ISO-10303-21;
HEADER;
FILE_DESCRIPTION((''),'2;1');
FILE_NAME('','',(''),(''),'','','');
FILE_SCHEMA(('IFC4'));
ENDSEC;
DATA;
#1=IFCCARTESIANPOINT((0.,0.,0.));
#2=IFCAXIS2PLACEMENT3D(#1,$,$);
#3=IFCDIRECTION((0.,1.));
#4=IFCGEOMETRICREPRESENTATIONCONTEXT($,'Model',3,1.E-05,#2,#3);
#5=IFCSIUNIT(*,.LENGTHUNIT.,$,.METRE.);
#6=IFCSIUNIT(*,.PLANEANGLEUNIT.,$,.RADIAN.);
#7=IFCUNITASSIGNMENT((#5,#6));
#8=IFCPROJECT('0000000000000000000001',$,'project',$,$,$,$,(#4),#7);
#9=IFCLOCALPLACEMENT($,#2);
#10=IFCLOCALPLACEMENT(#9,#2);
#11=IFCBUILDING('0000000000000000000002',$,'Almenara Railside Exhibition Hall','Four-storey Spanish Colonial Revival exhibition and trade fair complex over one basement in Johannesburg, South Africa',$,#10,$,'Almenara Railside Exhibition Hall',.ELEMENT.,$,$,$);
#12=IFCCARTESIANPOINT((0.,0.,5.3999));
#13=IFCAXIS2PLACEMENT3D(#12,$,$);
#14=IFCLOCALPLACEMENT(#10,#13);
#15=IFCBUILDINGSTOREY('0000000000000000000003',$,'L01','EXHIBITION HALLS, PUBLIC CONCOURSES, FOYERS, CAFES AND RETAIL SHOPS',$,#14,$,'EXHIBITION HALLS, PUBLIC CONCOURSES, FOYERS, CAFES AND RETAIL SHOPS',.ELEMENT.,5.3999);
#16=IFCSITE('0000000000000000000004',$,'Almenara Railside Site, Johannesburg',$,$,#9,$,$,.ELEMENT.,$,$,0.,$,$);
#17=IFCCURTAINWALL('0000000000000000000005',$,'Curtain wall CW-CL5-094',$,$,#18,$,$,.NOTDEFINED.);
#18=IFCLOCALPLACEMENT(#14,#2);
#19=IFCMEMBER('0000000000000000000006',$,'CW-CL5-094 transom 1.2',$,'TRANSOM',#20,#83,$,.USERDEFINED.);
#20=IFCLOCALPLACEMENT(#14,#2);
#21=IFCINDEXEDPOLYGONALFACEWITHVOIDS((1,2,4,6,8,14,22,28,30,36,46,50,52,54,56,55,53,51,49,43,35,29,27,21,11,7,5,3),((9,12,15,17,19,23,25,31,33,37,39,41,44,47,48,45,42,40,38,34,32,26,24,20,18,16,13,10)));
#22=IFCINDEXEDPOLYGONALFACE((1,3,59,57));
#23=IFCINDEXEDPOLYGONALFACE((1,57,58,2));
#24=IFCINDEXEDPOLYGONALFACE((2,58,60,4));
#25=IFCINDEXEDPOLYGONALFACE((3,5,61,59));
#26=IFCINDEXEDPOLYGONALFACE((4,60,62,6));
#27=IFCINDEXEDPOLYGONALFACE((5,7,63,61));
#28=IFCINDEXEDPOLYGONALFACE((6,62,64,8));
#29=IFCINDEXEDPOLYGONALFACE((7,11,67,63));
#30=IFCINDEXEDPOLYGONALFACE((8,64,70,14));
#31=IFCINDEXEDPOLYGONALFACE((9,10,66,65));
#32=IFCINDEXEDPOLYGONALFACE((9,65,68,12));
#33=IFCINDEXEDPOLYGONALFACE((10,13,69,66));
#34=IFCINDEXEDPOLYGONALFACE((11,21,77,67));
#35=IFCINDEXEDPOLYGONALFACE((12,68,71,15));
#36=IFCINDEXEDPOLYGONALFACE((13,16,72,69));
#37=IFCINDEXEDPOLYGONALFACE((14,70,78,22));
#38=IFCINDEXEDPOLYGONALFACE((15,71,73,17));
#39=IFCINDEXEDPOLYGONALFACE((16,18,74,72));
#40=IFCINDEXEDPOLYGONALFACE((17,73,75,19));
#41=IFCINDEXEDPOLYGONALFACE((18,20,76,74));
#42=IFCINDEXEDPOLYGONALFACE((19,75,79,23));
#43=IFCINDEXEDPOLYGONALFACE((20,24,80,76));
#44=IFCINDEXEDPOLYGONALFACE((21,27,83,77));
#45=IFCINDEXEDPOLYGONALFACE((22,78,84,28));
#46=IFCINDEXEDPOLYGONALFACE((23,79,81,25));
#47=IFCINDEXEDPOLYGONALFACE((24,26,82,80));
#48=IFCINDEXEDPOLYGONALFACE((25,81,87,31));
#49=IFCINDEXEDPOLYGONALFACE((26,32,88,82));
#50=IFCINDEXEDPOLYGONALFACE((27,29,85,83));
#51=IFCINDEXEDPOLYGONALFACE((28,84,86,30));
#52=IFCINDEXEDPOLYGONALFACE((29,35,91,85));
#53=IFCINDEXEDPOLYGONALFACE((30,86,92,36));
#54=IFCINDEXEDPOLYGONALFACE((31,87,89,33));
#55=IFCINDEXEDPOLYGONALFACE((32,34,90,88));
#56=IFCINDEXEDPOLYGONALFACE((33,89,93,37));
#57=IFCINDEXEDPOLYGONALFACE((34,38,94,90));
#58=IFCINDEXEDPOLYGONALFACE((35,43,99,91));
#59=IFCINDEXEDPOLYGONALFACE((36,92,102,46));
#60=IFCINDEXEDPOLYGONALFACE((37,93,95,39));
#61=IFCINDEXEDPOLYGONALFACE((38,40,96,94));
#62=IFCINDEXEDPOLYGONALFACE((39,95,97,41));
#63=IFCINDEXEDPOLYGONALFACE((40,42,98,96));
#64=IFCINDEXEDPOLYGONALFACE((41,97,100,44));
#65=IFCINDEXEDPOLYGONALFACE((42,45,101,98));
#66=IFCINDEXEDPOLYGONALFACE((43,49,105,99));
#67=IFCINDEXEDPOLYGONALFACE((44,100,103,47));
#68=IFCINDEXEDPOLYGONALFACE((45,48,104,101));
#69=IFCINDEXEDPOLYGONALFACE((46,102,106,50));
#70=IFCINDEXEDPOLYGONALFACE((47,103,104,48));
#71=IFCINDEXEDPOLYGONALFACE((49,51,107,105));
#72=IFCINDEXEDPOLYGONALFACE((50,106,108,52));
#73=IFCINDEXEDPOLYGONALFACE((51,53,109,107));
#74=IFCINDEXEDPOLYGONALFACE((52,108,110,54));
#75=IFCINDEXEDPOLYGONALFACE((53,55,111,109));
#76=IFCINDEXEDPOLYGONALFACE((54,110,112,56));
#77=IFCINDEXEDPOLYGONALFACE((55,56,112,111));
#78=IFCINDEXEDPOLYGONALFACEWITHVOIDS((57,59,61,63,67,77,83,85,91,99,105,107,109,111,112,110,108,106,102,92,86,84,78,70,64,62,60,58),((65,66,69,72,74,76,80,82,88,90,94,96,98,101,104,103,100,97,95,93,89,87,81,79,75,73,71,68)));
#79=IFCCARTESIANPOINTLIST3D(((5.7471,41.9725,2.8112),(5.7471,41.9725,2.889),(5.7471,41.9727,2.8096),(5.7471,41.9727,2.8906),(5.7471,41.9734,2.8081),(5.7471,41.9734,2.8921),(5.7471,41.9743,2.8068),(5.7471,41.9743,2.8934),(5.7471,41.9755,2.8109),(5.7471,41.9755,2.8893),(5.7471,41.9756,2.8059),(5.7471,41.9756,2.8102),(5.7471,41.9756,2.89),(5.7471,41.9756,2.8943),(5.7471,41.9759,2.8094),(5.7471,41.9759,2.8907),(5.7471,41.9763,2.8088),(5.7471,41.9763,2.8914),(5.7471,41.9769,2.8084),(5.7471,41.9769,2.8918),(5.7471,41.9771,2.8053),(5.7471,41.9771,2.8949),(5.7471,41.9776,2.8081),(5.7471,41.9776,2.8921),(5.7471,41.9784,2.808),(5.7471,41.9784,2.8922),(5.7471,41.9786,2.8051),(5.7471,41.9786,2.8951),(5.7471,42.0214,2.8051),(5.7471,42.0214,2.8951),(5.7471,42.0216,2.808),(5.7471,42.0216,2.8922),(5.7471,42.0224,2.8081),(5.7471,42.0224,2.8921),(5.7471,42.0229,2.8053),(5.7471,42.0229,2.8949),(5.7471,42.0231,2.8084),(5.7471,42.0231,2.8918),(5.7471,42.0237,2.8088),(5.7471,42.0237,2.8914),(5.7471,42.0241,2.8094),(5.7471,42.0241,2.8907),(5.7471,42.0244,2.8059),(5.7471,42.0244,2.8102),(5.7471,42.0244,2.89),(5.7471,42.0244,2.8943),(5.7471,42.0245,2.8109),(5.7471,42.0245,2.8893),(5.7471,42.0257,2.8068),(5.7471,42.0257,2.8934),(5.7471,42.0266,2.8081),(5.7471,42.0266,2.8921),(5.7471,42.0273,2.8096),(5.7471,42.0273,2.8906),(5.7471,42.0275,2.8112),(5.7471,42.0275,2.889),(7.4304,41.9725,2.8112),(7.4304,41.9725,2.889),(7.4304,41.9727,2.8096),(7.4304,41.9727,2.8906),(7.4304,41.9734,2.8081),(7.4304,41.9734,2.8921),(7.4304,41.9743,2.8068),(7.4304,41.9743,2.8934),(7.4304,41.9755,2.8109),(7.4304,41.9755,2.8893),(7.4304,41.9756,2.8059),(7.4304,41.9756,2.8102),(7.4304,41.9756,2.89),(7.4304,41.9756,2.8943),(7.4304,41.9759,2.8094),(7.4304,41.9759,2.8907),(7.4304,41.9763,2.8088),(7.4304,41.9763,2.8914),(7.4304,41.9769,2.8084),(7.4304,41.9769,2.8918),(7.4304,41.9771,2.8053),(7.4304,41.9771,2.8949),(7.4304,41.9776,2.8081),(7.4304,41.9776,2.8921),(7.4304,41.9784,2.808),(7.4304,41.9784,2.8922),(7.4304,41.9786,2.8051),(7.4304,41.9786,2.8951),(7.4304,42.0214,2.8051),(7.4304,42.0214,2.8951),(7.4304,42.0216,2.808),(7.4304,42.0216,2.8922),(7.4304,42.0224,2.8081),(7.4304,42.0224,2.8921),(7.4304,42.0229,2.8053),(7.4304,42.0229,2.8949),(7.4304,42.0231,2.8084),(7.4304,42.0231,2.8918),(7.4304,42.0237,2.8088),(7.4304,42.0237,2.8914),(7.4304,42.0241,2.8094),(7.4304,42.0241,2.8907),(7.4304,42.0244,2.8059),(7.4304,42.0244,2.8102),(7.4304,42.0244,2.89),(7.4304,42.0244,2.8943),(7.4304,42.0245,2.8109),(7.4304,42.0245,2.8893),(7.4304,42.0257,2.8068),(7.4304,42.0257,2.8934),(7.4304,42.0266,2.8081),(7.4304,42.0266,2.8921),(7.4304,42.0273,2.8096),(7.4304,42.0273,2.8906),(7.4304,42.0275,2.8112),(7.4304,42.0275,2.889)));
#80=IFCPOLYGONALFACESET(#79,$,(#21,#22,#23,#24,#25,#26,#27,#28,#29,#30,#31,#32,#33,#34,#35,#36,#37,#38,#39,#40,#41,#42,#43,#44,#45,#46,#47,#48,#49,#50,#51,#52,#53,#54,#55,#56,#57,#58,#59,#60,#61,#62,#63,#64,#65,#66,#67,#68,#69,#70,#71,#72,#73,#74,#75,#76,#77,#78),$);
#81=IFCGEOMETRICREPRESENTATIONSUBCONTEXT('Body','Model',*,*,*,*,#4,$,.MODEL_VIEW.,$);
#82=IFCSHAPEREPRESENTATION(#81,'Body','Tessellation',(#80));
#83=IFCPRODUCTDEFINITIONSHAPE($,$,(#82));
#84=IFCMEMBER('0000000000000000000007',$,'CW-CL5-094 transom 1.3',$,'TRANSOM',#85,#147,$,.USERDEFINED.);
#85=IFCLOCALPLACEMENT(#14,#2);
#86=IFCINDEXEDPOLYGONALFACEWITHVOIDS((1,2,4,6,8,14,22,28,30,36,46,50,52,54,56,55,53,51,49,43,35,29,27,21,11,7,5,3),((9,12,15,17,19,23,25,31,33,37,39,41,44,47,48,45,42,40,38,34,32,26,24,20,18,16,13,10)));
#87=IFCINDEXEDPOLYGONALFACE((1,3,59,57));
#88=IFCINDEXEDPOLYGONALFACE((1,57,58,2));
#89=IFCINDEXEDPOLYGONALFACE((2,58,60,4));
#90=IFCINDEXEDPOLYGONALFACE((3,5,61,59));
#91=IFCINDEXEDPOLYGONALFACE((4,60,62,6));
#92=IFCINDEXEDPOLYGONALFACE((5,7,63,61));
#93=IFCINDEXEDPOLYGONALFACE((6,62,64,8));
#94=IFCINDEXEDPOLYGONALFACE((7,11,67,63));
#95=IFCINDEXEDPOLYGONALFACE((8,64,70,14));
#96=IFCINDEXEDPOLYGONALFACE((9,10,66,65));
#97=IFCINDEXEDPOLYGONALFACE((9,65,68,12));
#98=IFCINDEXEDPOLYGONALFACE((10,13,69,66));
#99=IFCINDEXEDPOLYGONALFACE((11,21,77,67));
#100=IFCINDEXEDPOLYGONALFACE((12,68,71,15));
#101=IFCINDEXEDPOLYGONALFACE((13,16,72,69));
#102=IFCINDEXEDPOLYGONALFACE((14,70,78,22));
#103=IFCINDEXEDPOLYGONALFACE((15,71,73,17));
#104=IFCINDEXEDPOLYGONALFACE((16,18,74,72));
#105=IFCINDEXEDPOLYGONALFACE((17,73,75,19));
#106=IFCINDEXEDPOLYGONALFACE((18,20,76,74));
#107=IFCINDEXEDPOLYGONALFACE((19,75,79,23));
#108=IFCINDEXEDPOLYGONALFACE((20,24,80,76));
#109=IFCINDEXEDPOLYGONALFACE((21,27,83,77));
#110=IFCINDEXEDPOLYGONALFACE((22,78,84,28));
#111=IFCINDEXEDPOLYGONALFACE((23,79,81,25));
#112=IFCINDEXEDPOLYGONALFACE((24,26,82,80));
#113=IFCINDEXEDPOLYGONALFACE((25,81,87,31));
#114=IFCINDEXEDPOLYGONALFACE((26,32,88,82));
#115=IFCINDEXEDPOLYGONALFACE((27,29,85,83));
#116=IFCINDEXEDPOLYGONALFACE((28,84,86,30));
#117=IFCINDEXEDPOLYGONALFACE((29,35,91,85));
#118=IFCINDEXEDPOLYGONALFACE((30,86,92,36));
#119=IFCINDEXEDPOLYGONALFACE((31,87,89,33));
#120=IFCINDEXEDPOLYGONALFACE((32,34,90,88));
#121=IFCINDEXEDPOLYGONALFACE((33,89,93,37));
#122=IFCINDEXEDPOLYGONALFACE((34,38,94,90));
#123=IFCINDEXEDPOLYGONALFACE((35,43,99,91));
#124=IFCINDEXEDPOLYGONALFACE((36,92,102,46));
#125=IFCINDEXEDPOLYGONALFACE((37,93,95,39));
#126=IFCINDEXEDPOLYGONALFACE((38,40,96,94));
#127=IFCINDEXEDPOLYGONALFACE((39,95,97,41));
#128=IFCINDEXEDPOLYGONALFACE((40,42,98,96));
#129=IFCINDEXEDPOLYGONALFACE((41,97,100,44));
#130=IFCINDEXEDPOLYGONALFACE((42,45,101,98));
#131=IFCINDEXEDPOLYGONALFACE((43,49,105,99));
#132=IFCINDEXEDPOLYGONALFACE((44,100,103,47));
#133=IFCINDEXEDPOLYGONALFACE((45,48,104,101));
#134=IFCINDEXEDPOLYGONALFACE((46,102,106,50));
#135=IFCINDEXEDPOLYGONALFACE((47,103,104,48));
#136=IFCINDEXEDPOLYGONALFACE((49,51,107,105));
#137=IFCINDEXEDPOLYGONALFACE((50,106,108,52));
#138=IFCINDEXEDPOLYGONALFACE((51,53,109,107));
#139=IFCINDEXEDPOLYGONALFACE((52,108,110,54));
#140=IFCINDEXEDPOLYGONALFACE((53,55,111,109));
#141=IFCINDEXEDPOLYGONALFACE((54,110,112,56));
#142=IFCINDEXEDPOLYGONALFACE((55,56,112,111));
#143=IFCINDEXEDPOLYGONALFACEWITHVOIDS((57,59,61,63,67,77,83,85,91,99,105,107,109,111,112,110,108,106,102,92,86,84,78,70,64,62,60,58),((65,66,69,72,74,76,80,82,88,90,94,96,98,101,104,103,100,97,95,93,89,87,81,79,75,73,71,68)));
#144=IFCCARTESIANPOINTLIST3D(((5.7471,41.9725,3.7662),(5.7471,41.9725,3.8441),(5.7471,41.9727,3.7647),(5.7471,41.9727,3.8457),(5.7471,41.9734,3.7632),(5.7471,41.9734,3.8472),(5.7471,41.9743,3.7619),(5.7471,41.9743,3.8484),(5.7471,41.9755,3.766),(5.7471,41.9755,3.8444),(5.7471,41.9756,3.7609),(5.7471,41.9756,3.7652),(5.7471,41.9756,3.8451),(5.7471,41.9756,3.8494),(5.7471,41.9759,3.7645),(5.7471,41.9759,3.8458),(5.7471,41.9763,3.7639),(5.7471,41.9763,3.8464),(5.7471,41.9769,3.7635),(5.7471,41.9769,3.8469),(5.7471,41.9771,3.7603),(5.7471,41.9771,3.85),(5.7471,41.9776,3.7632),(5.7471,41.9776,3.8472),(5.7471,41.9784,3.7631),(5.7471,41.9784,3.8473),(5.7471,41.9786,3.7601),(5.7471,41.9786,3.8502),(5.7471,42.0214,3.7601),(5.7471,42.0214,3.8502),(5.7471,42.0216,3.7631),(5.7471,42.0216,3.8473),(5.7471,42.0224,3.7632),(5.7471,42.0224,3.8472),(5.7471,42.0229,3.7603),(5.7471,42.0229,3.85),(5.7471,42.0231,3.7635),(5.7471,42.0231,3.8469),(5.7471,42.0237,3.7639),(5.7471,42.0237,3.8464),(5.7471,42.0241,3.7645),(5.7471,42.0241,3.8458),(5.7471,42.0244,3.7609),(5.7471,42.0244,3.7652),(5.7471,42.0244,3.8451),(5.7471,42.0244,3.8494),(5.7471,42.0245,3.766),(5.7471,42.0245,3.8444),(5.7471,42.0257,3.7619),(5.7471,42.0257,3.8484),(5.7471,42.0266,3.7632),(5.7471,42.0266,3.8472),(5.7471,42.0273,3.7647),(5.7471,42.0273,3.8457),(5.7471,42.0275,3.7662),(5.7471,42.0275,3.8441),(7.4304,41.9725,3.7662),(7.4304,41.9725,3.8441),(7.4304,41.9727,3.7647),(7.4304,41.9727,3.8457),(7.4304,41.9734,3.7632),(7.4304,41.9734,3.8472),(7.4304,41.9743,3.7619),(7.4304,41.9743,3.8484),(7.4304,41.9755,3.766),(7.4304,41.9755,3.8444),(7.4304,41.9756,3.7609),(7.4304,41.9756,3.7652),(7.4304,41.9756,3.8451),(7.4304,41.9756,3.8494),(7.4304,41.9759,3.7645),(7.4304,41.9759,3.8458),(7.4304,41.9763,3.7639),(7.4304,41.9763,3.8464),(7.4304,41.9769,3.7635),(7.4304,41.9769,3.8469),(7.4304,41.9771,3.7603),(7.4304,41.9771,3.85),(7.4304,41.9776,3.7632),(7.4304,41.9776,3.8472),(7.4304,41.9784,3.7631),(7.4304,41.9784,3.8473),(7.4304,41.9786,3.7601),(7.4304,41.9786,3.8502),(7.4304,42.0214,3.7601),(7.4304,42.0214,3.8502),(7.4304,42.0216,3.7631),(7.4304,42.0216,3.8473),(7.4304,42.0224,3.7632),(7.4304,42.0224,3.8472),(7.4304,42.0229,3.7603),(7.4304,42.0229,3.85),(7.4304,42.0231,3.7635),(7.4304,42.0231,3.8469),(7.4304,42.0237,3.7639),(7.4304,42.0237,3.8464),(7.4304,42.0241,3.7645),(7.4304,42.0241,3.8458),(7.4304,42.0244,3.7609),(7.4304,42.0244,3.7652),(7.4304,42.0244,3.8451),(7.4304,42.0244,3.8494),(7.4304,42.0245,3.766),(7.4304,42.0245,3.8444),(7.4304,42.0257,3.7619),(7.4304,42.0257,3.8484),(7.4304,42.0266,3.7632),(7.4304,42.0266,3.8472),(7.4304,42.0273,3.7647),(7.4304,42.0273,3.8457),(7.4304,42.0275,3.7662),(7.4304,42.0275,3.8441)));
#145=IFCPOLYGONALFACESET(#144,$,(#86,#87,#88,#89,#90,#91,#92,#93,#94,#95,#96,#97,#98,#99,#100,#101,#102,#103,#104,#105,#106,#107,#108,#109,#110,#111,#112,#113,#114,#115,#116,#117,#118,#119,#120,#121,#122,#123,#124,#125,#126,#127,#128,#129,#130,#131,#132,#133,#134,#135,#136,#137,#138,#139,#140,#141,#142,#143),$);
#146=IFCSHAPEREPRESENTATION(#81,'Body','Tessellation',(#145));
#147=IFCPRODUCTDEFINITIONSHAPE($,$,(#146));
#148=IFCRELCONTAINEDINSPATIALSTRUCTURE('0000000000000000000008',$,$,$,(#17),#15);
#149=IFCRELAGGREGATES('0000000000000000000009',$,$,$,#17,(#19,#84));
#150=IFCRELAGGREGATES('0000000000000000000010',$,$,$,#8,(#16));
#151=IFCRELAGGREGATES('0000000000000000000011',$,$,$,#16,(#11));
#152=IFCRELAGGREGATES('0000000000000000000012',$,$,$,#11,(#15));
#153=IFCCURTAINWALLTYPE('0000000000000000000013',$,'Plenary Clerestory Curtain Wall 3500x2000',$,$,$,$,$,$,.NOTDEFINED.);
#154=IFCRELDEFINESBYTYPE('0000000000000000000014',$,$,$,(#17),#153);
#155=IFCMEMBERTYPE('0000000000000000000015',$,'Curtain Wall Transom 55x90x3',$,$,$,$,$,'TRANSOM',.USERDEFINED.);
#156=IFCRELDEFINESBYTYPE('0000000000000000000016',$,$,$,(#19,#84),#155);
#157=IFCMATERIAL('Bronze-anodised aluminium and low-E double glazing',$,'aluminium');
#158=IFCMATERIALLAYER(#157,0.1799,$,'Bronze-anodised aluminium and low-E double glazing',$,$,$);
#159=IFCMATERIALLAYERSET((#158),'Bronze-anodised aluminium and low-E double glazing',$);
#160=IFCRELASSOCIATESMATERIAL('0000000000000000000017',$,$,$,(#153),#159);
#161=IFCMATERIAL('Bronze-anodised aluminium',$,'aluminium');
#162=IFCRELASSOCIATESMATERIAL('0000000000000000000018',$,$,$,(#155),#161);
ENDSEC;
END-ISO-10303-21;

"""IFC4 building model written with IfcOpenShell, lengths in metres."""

from ifc_helpers import new_model, si_unit, direction, frame, origin, origin_2d, place, context, subcontext, project, spatial, hollow_rectangle, extrude, material, layer, layer_set, material_profile, profile_set, type_object, element, aggregate, save


model = new_model("IFC4")

# Units and contexts
model_context = context("Model", 3, precision=1e-05, world=origin(), true_north=direction((0.0, 1.0)))
body_context = subcontext(model_context, "Body", "Model", "MODEL_VIEW")
ifc_project = project(units=[si_unit("LENGTHUNIT", "METRE"), si_unit("PLANEANGLEUNIT", "RADIAN")], contexts=[model_context])

# Site, building, storey
site_placement = place(None, origin())
site = spatial("IfcSite", under=ifc_project, at=site_placement, Name="Almenara Railside Site, Johannesburg", CompositionType="ELEMENT", RefElevation=0.0)
building_placement = place(site_placement, origin())
building = spatial("IfcBuilding", under=site, at=building_placement, Name="Almenara Railside Exhibition Hall", Description="Four-storey Spanish Colonial Revival exhibition and trade fair complex over one basement in Johannesburg, South Africa", LongName="Almenara Railside Exhibition Hall", CompositionType="ELEMENT")
storey_placement = place(building_placement, frame((0.0, 0.0, 5.3999)))
storey = spatial("IfcBuildingStorey", under=building, at=storey_placement, Name="L01", Description="EXHIBITION HALLS, PUBLIC CONCOURSES, FOYERS, CAFES AND RETAIL SHOPS", LongName="EXHIBITION HALLS, PUBLIC CONCOURSES, FOYERS, CAFES AND RETAIL SHOPS", CompositionType="ELEMENT", Elevation=5.3999)

# Curtain wall
ifc_material_1 = material(Name="Bronze-anodised aluminium and low-E double glazing", Category="aluminium")
ifc_layer_1 = layer(ifc_material_1, 0.1799, Name="Bronze-anodised aluminium and low-E double glazing")
ifc_layer_set_1 = layer_set([ifc_layer_1], Name="Bronze-anodised aluminium and low-E double glazing")
curtain_wall_type_1 = type_object("IfcCurtainWallType", Name="Plenary Clerestory Curtain Wall 3500x2000", PredefinedType="NOTDEFINED", material=ifc_layer_set_1)
curtain_wall_1_placement = place(storey_placement, origin())
curtain_wall_1 = element("IfcCurtainWall", 1, at=curtain_wall_1_placement, inside=storey, type_object=curtain_wall_type_1, Name="Curtain wall CW-CL5-094", PredefinedType="NOTDEFINED")
ifc_material_2 = material(Name="Bronze-anodised aluminium", Category="aluminium")

# Members
ifc_material_profile_1 = material_profile(ifc_material_2, hollow_rectangle(XDim=0.0549, YDim=0.0901, WallThickness=0.0029, InnerFilletRadius=0.0029, OuterFilletRadius=0.0061, at=origin_2d()), Name="ALU-TRN 55x90x3")
ifc_profile_set_1 = profile_set([ifc_material_profile_1], Name="Bronze-anodised aluminium")
member_type_1 = type_object("IfcMemberType", Name="Curtain Wall Transom 55x90x3", ElementType="TRANSOM", PredefinedType="USERDEFINED", material=ifc_profile_set_1)
member_1_placement = place(storey_placement, frame((5.7471, 42.0, 2.8501), z_axis=(1.0, 0.0, 0.0), x_axis=(0.0, 1.0, 0.0)))
member_1 = element("IfcMember", 2, at=member_1_placement, type_object=member_type_1, Name="CW-CL5-094 transom 1.2", ObjectType="TRANSOM", PredefinedType="USERDEFINED", context=body_context, shape_type="SweptSolid", body=[
    extrude(hollow_rectangle(XDim=0.0549, YDim=0.0901, WallThickness=0.0029, InnerFilletRadius=0.0029, OuterFilletRadius=0.0061, at=origin_2d()), origin(), (0.0, 0.0, 1.0), 1.6833),
])
member_2_placement = place(storey_placement, frame((5.7471, 42.0, 3.8052), z_axis=(1.0, 0.0, 0.0), x_axis=(0.0, 1.0, 0.0)))
member_2 = element("IfcMember", 3, at=member_2_placement, type_object=member_type_1, Name="CW-CL5-094 transom 1.3", ObjectType="TRANSOM", PredefinedType="USERDEFINED", context=body_context, shape_type="SweptSolid", body=[
    extrude(hollow_rectangle(XDim=0.0549, YDim=0.0901, WallThickness=0.0029, InnerFilletRadius=0.0029, OuterFilletRadius=0.0061, at=origin_2d()), origin(), (0.0, 0.0, 1.0), 1.6833),
])

aggregate(curtain_wall_1, [member_1, member_2])

save(model, "model.ifc")
